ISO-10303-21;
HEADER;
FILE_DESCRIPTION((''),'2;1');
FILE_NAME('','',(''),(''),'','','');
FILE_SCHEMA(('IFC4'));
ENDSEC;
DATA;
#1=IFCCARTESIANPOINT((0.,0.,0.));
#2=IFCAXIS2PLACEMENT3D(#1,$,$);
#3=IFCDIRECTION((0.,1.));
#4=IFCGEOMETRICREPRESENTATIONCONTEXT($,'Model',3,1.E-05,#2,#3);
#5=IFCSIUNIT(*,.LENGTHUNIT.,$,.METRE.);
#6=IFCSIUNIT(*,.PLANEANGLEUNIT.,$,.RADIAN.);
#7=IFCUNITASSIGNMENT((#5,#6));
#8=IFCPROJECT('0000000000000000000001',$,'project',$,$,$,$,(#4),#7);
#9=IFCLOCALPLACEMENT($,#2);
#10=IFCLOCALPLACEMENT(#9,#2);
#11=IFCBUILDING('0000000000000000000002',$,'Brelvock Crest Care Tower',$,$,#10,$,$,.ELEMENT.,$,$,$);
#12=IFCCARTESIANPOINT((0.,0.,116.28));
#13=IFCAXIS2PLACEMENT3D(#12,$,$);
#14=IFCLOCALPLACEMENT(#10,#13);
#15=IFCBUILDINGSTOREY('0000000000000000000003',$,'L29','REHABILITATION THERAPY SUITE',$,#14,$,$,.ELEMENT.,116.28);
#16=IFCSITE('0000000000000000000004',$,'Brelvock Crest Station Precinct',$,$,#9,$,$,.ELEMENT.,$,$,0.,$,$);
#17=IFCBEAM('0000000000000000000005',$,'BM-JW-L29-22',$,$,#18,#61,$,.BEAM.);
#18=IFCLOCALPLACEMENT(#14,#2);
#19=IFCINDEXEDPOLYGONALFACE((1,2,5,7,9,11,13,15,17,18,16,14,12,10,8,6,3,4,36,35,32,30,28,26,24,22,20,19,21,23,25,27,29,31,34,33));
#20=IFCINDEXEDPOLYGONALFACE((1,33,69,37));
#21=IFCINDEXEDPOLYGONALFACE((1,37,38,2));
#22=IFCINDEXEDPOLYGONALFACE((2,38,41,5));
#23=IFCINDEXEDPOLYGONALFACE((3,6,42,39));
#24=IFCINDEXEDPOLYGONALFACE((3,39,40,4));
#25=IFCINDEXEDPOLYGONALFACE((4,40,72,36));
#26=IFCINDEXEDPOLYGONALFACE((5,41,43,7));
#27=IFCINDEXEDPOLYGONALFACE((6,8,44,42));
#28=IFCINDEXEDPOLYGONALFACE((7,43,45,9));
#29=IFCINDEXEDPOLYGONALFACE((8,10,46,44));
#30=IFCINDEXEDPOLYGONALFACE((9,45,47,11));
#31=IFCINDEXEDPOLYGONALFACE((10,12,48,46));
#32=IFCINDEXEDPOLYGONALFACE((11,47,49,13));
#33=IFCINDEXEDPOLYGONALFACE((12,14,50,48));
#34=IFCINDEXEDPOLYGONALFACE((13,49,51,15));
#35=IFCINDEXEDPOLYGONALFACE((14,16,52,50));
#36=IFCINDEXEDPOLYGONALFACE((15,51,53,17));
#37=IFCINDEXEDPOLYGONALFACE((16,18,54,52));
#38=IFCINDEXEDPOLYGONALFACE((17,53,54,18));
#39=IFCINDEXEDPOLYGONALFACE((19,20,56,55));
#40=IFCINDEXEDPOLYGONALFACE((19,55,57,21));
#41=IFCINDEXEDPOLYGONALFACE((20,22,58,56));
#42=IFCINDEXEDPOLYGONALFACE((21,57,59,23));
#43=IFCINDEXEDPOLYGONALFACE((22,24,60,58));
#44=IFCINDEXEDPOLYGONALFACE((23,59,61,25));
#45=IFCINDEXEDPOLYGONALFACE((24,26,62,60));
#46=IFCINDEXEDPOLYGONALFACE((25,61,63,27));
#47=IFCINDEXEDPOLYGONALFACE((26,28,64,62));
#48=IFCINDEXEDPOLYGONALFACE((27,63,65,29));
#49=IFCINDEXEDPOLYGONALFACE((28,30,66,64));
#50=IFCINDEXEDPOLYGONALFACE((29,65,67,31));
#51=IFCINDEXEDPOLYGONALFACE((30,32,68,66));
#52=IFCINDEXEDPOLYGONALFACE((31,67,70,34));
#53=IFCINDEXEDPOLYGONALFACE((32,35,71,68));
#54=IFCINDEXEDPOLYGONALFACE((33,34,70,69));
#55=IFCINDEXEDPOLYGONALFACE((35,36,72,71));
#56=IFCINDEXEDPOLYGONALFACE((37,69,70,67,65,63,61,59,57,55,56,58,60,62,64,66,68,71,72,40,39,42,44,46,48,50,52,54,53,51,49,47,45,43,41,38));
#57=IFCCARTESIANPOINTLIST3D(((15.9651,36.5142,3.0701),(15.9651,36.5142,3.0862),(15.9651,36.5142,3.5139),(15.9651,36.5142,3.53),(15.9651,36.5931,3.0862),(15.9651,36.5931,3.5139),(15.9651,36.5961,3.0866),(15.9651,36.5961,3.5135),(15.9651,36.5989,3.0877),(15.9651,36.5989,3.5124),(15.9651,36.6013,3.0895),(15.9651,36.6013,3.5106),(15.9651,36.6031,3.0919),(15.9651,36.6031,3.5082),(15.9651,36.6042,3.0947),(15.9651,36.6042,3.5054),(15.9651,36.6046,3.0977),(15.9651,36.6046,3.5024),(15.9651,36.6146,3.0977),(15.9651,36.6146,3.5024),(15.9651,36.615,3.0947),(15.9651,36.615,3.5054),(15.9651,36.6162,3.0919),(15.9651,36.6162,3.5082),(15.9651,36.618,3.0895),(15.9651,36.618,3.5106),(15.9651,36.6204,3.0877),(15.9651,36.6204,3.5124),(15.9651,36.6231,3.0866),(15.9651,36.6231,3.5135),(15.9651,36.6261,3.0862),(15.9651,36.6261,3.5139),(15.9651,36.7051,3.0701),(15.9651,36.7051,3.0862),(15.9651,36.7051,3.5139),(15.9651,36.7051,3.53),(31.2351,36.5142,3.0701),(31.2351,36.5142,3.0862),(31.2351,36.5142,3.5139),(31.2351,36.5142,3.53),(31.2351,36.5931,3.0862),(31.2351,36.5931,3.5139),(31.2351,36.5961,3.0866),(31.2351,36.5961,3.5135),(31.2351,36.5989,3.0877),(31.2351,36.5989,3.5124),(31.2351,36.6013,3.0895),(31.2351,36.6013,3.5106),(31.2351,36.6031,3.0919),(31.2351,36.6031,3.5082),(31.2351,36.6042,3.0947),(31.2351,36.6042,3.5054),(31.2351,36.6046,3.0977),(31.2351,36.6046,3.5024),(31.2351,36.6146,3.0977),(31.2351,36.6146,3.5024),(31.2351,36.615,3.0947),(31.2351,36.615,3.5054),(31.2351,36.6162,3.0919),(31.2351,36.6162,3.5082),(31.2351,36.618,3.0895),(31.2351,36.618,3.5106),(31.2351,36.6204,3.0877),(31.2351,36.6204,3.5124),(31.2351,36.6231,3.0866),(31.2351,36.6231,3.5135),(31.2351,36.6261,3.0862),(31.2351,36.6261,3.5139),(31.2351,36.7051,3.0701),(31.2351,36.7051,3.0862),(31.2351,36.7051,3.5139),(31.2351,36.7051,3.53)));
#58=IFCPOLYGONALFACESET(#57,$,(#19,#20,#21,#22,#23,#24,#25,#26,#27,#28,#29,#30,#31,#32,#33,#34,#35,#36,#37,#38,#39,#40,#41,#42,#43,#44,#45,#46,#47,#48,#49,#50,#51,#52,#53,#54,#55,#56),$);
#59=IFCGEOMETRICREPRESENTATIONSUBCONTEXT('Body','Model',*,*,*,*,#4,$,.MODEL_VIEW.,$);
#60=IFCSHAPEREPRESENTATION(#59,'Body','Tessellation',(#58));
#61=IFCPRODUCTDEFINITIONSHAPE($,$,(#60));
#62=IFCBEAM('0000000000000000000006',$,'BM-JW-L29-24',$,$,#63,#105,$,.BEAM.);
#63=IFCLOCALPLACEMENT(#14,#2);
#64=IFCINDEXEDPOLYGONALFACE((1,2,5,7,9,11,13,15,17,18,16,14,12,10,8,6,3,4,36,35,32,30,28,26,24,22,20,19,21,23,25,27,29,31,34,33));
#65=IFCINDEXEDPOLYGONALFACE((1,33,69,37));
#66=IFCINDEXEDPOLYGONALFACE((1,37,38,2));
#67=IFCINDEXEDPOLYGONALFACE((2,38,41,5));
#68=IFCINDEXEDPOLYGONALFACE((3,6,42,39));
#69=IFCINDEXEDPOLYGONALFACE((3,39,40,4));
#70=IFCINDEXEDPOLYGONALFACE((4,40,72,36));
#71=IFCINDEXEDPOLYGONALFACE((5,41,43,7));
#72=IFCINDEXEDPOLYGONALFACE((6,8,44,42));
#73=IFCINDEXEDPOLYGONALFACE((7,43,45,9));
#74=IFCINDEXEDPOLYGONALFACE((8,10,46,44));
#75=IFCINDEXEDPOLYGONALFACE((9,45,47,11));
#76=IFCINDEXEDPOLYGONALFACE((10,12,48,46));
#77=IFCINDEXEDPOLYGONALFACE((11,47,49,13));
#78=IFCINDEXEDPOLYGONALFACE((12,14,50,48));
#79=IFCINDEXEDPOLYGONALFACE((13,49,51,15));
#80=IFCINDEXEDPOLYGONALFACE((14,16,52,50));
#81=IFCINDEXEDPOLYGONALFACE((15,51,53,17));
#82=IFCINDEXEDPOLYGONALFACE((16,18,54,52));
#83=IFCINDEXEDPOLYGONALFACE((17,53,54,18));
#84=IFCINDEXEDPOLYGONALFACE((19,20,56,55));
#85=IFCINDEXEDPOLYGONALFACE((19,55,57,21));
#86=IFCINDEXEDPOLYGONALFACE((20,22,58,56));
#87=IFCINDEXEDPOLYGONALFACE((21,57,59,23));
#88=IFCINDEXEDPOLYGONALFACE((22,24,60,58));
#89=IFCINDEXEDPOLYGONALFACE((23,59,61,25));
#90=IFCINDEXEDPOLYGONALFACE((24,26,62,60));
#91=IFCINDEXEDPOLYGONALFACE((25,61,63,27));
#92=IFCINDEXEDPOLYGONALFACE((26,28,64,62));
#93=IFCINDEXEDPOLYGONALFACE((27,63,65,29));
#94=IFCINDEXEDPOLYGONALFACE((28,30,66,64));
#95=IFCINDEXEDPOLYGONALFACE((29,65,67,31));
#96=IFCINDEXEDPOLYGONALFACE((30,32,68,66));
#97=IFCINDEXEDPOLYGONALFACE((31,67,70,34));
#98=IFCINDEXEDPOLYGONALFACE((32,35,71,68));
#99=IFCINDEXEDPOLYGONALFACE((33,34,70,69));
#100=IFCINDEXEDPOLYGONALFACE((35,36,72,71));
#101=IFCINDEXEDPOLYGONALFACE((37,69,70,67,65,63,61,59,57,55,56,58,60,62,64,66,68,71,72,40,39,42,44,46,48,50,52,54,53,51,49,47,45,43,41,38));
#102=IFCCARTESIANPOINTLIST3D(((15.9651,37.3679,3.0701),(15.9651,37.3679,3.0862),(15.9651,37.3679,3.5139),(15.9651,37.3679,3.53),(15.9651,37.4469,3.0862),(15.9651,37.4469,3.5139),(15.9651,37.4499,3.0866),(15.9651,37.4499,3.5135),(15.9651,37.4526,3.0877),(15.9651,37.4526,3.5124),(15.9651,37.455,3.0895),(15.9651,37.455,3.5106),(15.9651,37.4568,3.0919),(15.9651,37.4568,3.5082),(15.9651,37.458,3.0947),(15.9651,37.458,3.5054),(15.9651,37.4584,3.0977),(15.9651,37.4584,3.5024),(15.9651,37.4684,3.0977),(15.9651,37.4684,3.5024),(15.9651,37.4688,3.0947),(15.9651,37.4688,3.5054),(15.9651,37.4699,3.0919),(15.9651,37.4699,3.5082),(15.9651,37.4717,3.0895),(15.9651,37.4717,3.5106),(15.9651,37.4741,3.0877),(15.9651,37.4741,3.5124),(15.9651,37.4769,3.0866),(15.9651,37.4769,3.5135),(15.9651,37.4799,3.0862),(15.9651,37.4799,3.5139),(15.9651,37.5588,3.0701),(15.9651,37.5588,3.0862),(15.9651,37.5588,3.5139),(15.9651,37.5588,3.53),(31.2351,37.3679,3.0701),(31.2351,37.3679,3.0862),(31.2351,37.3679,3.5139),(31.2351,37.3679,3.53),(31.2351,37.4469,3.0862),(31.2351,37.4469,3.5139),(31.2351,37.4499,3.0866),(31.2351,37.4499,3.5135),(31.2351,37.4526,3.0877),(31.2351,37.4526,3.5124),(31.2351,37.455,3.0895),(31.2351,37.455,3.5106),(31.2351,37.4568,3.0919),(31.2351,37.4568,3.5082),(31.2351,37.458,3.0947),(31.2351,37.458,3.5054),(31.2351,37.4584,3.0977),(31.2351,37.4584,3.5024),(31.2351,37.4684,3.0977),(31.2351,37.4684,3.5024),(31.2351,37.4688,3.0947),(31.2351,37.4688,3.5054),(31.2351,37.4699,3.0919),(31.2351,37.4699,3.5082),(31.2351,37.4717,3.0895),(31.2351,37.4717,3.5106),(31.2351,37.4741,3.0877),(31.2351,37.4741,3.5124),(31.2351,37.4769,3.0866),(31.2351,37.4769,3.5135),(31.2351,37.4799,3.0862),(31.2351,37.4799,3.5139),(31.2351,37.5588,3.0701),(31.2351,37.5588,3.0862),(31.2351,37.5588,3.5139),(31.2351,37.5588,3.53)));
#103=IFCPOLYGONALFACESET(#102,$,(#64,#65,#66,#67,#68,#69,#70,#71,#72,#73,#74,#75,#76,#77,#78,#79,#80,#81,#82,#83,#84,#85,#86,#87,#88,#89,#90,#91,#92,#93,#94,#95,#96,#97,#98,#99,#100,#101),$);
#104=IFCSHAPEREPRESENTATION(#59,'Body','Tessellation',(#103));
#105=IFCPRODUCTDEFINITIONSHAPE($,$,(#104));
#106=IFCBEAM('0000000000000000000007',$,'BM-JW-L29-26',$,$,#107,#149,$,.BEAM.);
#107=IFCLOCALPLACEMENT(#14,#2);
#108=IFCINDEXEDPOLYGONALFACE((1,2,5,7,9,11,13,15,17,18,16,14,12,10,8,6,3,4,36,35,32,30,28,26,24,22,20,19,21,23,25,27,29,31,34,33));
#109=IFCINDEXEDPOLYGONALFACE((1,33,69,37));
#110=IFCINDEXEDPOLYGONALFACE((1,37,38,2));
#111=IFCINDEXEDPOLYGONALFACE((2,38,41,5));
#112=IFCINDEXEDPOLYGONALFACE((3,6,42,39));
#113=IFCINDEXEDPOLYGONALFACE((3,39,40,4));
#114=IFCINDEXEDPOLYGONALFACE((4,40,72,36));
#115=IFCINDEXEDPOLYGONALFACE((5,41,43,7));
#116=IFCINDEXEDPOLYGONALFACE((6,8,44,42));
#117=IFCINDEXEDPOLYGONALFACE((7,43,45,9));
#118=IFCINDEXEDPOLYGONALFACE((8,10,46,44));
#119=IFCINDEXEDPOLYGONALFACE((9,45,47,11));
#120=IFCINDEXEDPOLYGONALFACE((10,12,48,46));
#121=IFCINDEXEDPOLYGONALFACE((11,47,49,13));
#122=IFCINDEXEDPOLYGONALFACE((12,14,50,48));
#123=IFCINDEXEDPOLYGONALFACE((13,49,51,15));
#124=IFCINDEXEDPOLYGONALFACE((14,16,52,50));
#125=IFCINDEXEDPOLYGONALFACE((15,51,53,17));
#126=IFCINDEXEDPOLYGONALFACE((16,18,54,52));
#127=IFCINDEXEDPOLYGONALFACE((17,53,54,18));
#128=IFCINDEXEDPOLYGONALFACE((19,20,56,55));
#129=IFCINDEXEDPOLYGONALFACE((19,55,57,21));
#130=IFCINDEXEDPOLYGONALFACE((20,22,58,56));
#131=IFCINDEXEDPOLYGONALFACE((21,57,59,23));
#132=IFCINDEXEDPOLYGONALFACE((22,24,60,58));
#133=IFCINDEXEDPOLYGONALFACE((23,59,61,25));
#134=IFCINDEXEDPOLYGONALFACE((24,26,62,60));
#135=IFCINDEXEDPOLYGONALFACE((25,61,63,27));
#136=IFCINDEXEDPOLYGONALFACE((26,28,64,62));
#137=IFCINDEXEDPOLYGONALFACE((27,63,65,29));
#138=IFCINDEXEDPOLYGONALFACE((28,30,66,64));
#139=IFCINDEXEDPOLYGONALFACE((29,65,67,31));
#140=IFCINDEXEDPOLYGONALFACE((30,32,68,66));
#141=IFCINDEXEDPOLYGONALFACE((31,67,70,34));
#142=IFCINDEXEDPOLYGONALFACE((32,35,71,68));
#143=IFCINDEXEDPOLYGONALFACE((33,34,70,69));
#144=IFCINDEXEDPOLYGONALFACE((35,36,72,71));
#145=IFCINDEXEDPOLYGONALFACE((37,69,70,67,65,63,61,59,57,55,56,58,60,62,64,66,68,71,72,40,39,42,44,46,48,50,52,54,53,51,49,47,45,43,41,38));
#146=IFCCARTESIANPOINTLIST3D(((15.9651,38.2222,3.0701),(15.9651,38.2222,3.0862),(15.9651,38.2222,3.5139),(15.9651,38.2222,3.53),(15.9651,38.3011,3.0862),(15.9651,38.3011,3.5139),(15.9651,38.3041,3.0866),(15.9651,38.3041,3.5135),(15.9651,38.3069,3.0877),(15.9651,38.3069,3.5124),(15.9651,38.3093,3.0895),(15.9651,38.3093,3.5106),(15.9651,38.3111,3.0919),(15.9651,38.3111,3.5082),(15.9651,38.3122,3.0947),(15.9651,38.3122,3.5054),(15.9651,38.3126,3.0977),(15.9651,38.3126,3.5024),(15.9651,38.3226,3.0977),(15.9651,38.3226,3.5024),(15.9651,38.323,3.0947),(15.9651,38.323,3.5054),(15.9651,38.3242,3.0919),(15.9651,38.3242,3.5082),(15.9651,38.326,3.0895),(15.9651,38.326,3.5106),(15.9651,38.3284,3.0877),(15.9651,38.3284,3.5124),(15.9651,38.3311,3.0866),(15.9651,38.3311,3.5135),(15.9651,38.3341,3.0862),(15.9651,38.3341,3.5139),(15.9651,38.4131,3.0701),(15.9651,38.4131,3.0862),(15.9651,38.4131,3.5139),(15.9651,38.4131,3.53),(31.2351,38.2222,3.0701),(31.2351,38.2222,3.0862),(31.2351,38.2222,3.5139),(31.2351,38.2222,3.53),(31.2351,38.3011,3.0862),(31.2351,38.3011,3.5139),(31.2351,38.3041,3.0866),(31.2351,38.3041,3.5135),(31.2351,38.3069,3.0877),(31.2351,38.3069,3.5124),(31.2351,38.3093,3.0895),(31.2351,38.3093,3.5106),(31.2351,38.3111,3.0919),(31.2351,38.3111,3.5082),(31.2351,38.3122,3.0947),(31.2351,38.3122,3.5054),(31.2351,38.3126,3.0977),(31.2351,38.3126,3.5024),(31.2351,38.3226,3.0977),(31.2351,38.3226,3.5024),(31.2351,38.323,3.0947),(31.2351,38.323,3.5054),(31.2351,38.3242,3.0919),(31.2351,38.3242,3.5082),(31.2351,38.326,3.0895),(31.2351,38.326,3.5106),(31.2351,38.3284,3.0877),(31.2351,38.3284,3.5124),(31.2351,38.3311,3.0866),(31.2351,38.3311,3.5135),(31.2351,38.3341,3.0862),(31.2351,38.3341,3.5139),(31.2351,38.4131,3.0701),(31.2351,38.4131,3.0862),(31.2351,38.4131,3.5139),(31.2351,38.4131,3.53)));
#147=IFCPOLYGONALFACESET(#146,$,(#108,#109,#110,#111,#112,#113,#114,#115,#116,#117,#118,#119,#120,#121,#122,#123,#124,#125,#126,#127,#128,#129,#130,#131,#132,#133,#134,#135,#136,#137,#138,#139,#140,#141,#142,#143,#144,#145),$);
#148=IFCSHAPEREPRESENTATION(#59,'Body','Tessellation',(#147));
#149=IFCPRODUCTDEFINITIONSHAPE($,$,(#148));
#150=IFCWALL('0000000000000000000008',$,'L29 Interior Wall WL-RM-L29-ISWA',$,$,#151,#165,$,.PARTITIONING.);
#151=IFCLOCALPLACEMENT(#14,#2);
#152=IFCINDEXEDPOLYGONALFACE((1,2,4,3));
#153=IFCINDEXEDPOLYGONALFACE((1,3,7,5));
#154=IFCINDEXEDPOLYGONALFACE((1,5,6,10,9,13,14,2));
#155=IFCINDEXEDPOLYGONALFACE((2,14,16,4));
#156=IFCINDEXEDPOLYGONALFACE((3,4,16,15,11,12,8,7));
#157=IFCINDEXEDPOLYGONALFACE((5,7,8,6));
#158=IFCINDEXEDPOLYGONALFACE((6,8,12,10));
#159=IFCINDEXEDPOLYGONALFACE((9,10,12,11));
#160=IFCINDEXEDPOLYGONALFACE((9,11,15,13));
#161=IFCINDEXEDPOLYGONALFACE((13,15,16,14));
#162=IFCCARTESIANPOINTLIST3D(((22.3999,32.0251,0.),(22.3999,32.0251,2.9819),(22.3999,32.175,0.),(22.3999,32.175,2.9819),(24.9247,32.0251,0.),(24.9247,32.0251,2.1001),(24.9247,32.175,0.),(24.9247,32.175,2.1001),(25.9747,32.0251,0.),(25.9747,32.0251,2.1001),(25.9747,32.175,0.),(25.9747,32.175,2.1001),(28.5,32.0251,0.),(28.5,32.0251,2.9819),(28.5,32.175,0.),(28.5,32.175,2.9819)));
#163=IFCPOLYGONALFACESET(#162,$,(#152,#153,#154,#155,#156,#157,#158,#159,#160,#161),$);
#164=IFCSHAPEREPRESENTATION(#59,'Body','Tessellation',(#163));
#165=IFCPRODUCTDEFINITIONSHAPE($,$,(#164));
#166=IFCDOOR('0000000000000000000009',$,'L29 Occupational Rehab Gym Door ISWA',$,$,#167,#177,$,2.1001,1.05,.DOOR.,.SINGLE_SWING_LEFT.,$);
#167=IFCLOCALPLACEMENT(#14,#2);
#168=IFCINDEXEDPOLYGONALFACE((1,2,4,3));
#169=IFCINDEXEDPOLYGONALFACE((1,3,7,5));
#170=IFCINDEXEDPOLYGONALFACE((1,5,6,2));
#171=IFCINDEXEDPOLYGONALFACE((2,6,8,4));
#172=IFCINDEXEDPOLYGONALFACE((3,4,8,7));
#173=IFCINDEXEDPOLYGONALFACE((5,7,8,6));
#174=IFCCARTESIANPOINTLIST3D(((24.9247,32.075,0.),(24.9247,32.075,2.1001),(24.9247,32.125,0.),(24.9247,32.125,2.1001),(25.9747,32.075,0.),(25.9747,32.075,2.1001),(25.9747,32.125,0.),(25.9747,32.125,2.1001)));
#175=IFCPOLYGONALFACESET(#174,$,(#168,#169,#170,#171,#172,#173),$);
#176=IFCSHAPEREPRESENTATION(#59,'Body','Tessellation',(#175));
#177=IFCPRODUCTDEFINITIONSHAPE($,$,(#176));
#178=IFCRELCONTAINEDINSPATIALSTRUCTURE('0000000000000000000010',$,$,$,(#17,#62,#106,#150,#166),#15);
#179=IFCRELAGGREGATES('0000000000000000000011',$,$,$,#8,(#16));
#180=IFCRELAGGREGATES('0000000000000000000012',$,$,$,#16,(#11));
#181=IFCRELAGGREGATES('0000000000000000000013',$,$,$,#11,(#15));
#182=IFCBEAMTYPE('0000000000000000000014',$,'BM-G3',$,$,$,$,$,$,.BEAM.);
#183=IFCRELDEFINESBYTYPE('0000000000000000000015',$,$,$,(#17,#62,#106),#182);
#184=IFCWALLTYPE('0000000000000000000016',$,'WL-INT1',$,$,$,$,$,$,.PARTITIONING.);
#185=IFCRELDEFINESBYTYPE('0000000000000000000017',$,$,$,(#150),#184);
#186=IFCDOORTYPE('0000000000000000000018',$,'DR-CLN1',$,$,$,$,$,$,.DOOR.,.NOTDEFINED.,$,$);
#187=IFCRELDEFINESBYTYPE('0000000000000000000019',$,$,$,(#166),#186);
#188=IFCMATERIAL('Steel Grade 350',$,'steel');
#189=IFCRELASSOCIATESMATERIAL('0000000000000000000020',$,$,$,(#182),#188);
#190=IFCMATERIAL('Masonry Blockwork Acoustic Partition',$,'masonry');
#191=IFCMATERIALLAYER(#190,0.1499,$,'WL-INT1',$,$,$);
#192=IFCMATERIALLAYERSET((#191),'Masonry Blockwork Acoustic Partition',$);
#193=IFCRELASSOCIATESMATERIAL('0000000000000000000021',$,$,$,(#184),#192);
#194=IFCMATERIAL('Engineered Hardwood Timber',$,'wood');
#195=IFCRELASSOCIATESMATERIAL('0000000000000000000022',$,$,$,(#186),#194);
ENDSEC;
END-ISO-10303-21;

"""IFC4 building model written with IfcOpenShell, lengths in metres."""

from ifc_helpers import new_model, si_unit, direction, frame, frame_2d, origin, origin_2d, place, context, subcontext, project, spatial, rectangle, i_section, extrude, source, transform, mapped, material, layer, layer_set, material_profile, profile_set, type_object, element, fill, save


model = new_model("IFC4")

# Units and contexts
model_context = context("Model", 3, precision=1e-05, world=origin(), true_north=direction((0.0, 1.0)))
body_context = subcontext(model_context, "Body", "Model", "MODEL_VIEW")
ifc_project = project(units=[si_unit("LENGTHUNIT", "METRE"), si_unit("PLANEANGLEUNIT", "RADIAN")], contexts=[model_context])

# Site, building, storey
site_placement = place(None, origin())
site = spatial("IfcSite", under=ifc_project, at=site_placement, Name="Brelvock Crest Station Precinct", CompositionType="ELEMENT", RefElevation=0.0)
building_placement = place(site_placement, origin())
building = spatial("IfcBuilding", under=site, at=building_placement, Name="Brelvock Crest Care Tower", CompositionType="ELEMENT")
storey_placement = place(building_placement, frame((0.0, 0.0, 116.28)))
storey = spatial("IfcBuildingStorey", under=building, at=storey_placement, Name="L29", Description="REHABILITATION THERAPY SUITE", CompositionType="ELEMENT", Elevation=116.28)

# Beams
ifc_material_1 = material(Name="Steel Grade 350", Category="steel")
ifc_material_profile_1 = material_profile(ifc_material_1, i_section(OverallWidth=0.1909, OverallDepth=0.46, WebThickness=0.01, FlangeThickness=0.0161, FilletRadius=0.0115, at=origin_2d()), Name="460UB82.1")
ifc_profile_set_1 = profile_set([ifc_material_profile_1], Name="Steel Grade 350")
beam_type_1 = type_object("IfcBeamType", Name="BM-G3", PredefinedType="BEAM", material=ifc_profile_set_1)
shared_shape_1 = source(origin(), body_context, "Body", "SweptSolid", [
    extrude(i_section(OverallWidth=0.1909, OverallDepth=0.46, WebThickness=0.01, FlangeThickness=0.0161, FilletRadius=0.0115, at=origin_2d()), origin(), (0.0, 0.0, 1.0), 15.27),
])
for number, where, z_axis, x_axis, name in (
    (1, (15.9651, 36.6096, 3.3), (1.0, 0.0, 0.0), (0.0, 1.0, 0.0), "BM-JW-L29-22"),
    (2, (15.9651, 37.4634, 3.3), (1.0, 0.0, 0.0), (0.0, 1.0, 0.0), "BM-JW-L29-24"),
    (3, (15.9651, 38.3176, 3.3), (1.0, 0.0, 0.0), (0.0, 1.0, 0.0), "BM-JW-L29-26"),
):
    element("IfcBeam", number, at=place(storey_placement, frame(where, z_axis=z_axis, x_axis=x_axis)), inside=storey, type_object=beam_type_1, Name=name, PredefinedType="BEAM", context=body_context, shape_type="MappedRepresentation", body=[
        mapped(shared_shape_1, transform((0.0, 0.0, 0.0), x_axis=(1.0, 0.0, 0.0), y_axis=(0.0, 1.0, 0.0), z_axis=(0.0, 0.0, 1.0), scale=1.0)),
    ])

# Wall, opening, door
ifc_material_2 = material(Name="Masonry Blockwork Acoustic Partition", Category="masonry")
ifc_layer = layer(ifc_material_2, 0.1499, Name="WL-INT1")
ifc_layer_set = layer_set([ifc_layer], Name="Masonry Blockwork Acoustic Partition")
wall_type = type_object("IfcWallType", Name="WL-INT1", PredefinedType="PARTITIONING", material=ifc_layer_set)
wall_1_placement = place(storey_placement, frame((22.3999, 32.1001, 0.0), z_axis=(0.0, 0.0, 1.0), x_axis=(1.0, 0.0, 0.0)))
wall_1 = element("IfcWall", 4, at=wall_1_placement, inside=storey, type_object=wall_type, Name="L29 Interior Wall WL-RM-L29-ISWA", PredefinedType="PARTITIONING", context=body_context, shape_type="SweptSolid", body=[
    extrude(rectangle(XDim=6.1001, YDim=0.1499, at=frame_2d((3.05, 0.0))), origin(), (0.0, 0.0, 1.0), 2.9819),
])
opening_1_placement = place(wall_1_placement, frame((2.5249, 0.0, 0.0)))
opening_1 = element("IfcOpeningElement", 5, at=opening_1_placement, cuts=wall_1, PredefinedType="OPENING", context=body_context, shape_type="SweptSolid", body=[
    extrude(rectangle(XDim=1.05, YDim=2.1001, at=origin_2d()), frame((0.5249, 0.085, 1.05), z_axis=(0.0, -1.0, 0.0), x_axis=(1.0, 0.0, 0.0)), (0.0, 0.0, 1.0), 0.1699),
])
ifc_material_3 = material(Name="Engineered Hardwood Timber", Category="wood")
door_type = type_object("IfcDoorType", Name="DR-CLN1", OperationType="NOTDEFINED", PredefinedType="DOOR", material=ifc_material_3)
shared_shape_2 = source(origin(), body_context, "Body", "SweptSolid", [
    extrude(rectangle(XDim=1.05, YDim=2.1001, at=origin_2d()), frame((0.5249, 0.0249, 1.05), z_axis=(0.0, -1.0, 0.0), x_axis=(1.0, 0.0, 0.0)), (0.0, 0.0, 1.0), 0.05),
])
door_1_placement = place(opening_1_placement, origin())
door_1 = element("IfcDoor", 6, at=door_1_placement, inside=storey, type_object=door_type, Name="L29 Occupational Rehab Gym Door ISWA", OperationType="SINGLE_SWING_LEFT", OverallHeight=2.1001, OverallWidth=1.05, PredefinedType="DOOR", context=body_context, shape_type="MappedRepresentation", body=[
    mapped(shared_shape_2, transform((0.0, 0.0, 0.0), x_axis=(1.0, 0.0, 0.0), y_axis=(0.0, 1.0, 0.0), z_axis=(0.0, 0.0, 1.0), scale=1.0)),
])
fill(opening_1, door_1)

save(model, "model.ifc")
